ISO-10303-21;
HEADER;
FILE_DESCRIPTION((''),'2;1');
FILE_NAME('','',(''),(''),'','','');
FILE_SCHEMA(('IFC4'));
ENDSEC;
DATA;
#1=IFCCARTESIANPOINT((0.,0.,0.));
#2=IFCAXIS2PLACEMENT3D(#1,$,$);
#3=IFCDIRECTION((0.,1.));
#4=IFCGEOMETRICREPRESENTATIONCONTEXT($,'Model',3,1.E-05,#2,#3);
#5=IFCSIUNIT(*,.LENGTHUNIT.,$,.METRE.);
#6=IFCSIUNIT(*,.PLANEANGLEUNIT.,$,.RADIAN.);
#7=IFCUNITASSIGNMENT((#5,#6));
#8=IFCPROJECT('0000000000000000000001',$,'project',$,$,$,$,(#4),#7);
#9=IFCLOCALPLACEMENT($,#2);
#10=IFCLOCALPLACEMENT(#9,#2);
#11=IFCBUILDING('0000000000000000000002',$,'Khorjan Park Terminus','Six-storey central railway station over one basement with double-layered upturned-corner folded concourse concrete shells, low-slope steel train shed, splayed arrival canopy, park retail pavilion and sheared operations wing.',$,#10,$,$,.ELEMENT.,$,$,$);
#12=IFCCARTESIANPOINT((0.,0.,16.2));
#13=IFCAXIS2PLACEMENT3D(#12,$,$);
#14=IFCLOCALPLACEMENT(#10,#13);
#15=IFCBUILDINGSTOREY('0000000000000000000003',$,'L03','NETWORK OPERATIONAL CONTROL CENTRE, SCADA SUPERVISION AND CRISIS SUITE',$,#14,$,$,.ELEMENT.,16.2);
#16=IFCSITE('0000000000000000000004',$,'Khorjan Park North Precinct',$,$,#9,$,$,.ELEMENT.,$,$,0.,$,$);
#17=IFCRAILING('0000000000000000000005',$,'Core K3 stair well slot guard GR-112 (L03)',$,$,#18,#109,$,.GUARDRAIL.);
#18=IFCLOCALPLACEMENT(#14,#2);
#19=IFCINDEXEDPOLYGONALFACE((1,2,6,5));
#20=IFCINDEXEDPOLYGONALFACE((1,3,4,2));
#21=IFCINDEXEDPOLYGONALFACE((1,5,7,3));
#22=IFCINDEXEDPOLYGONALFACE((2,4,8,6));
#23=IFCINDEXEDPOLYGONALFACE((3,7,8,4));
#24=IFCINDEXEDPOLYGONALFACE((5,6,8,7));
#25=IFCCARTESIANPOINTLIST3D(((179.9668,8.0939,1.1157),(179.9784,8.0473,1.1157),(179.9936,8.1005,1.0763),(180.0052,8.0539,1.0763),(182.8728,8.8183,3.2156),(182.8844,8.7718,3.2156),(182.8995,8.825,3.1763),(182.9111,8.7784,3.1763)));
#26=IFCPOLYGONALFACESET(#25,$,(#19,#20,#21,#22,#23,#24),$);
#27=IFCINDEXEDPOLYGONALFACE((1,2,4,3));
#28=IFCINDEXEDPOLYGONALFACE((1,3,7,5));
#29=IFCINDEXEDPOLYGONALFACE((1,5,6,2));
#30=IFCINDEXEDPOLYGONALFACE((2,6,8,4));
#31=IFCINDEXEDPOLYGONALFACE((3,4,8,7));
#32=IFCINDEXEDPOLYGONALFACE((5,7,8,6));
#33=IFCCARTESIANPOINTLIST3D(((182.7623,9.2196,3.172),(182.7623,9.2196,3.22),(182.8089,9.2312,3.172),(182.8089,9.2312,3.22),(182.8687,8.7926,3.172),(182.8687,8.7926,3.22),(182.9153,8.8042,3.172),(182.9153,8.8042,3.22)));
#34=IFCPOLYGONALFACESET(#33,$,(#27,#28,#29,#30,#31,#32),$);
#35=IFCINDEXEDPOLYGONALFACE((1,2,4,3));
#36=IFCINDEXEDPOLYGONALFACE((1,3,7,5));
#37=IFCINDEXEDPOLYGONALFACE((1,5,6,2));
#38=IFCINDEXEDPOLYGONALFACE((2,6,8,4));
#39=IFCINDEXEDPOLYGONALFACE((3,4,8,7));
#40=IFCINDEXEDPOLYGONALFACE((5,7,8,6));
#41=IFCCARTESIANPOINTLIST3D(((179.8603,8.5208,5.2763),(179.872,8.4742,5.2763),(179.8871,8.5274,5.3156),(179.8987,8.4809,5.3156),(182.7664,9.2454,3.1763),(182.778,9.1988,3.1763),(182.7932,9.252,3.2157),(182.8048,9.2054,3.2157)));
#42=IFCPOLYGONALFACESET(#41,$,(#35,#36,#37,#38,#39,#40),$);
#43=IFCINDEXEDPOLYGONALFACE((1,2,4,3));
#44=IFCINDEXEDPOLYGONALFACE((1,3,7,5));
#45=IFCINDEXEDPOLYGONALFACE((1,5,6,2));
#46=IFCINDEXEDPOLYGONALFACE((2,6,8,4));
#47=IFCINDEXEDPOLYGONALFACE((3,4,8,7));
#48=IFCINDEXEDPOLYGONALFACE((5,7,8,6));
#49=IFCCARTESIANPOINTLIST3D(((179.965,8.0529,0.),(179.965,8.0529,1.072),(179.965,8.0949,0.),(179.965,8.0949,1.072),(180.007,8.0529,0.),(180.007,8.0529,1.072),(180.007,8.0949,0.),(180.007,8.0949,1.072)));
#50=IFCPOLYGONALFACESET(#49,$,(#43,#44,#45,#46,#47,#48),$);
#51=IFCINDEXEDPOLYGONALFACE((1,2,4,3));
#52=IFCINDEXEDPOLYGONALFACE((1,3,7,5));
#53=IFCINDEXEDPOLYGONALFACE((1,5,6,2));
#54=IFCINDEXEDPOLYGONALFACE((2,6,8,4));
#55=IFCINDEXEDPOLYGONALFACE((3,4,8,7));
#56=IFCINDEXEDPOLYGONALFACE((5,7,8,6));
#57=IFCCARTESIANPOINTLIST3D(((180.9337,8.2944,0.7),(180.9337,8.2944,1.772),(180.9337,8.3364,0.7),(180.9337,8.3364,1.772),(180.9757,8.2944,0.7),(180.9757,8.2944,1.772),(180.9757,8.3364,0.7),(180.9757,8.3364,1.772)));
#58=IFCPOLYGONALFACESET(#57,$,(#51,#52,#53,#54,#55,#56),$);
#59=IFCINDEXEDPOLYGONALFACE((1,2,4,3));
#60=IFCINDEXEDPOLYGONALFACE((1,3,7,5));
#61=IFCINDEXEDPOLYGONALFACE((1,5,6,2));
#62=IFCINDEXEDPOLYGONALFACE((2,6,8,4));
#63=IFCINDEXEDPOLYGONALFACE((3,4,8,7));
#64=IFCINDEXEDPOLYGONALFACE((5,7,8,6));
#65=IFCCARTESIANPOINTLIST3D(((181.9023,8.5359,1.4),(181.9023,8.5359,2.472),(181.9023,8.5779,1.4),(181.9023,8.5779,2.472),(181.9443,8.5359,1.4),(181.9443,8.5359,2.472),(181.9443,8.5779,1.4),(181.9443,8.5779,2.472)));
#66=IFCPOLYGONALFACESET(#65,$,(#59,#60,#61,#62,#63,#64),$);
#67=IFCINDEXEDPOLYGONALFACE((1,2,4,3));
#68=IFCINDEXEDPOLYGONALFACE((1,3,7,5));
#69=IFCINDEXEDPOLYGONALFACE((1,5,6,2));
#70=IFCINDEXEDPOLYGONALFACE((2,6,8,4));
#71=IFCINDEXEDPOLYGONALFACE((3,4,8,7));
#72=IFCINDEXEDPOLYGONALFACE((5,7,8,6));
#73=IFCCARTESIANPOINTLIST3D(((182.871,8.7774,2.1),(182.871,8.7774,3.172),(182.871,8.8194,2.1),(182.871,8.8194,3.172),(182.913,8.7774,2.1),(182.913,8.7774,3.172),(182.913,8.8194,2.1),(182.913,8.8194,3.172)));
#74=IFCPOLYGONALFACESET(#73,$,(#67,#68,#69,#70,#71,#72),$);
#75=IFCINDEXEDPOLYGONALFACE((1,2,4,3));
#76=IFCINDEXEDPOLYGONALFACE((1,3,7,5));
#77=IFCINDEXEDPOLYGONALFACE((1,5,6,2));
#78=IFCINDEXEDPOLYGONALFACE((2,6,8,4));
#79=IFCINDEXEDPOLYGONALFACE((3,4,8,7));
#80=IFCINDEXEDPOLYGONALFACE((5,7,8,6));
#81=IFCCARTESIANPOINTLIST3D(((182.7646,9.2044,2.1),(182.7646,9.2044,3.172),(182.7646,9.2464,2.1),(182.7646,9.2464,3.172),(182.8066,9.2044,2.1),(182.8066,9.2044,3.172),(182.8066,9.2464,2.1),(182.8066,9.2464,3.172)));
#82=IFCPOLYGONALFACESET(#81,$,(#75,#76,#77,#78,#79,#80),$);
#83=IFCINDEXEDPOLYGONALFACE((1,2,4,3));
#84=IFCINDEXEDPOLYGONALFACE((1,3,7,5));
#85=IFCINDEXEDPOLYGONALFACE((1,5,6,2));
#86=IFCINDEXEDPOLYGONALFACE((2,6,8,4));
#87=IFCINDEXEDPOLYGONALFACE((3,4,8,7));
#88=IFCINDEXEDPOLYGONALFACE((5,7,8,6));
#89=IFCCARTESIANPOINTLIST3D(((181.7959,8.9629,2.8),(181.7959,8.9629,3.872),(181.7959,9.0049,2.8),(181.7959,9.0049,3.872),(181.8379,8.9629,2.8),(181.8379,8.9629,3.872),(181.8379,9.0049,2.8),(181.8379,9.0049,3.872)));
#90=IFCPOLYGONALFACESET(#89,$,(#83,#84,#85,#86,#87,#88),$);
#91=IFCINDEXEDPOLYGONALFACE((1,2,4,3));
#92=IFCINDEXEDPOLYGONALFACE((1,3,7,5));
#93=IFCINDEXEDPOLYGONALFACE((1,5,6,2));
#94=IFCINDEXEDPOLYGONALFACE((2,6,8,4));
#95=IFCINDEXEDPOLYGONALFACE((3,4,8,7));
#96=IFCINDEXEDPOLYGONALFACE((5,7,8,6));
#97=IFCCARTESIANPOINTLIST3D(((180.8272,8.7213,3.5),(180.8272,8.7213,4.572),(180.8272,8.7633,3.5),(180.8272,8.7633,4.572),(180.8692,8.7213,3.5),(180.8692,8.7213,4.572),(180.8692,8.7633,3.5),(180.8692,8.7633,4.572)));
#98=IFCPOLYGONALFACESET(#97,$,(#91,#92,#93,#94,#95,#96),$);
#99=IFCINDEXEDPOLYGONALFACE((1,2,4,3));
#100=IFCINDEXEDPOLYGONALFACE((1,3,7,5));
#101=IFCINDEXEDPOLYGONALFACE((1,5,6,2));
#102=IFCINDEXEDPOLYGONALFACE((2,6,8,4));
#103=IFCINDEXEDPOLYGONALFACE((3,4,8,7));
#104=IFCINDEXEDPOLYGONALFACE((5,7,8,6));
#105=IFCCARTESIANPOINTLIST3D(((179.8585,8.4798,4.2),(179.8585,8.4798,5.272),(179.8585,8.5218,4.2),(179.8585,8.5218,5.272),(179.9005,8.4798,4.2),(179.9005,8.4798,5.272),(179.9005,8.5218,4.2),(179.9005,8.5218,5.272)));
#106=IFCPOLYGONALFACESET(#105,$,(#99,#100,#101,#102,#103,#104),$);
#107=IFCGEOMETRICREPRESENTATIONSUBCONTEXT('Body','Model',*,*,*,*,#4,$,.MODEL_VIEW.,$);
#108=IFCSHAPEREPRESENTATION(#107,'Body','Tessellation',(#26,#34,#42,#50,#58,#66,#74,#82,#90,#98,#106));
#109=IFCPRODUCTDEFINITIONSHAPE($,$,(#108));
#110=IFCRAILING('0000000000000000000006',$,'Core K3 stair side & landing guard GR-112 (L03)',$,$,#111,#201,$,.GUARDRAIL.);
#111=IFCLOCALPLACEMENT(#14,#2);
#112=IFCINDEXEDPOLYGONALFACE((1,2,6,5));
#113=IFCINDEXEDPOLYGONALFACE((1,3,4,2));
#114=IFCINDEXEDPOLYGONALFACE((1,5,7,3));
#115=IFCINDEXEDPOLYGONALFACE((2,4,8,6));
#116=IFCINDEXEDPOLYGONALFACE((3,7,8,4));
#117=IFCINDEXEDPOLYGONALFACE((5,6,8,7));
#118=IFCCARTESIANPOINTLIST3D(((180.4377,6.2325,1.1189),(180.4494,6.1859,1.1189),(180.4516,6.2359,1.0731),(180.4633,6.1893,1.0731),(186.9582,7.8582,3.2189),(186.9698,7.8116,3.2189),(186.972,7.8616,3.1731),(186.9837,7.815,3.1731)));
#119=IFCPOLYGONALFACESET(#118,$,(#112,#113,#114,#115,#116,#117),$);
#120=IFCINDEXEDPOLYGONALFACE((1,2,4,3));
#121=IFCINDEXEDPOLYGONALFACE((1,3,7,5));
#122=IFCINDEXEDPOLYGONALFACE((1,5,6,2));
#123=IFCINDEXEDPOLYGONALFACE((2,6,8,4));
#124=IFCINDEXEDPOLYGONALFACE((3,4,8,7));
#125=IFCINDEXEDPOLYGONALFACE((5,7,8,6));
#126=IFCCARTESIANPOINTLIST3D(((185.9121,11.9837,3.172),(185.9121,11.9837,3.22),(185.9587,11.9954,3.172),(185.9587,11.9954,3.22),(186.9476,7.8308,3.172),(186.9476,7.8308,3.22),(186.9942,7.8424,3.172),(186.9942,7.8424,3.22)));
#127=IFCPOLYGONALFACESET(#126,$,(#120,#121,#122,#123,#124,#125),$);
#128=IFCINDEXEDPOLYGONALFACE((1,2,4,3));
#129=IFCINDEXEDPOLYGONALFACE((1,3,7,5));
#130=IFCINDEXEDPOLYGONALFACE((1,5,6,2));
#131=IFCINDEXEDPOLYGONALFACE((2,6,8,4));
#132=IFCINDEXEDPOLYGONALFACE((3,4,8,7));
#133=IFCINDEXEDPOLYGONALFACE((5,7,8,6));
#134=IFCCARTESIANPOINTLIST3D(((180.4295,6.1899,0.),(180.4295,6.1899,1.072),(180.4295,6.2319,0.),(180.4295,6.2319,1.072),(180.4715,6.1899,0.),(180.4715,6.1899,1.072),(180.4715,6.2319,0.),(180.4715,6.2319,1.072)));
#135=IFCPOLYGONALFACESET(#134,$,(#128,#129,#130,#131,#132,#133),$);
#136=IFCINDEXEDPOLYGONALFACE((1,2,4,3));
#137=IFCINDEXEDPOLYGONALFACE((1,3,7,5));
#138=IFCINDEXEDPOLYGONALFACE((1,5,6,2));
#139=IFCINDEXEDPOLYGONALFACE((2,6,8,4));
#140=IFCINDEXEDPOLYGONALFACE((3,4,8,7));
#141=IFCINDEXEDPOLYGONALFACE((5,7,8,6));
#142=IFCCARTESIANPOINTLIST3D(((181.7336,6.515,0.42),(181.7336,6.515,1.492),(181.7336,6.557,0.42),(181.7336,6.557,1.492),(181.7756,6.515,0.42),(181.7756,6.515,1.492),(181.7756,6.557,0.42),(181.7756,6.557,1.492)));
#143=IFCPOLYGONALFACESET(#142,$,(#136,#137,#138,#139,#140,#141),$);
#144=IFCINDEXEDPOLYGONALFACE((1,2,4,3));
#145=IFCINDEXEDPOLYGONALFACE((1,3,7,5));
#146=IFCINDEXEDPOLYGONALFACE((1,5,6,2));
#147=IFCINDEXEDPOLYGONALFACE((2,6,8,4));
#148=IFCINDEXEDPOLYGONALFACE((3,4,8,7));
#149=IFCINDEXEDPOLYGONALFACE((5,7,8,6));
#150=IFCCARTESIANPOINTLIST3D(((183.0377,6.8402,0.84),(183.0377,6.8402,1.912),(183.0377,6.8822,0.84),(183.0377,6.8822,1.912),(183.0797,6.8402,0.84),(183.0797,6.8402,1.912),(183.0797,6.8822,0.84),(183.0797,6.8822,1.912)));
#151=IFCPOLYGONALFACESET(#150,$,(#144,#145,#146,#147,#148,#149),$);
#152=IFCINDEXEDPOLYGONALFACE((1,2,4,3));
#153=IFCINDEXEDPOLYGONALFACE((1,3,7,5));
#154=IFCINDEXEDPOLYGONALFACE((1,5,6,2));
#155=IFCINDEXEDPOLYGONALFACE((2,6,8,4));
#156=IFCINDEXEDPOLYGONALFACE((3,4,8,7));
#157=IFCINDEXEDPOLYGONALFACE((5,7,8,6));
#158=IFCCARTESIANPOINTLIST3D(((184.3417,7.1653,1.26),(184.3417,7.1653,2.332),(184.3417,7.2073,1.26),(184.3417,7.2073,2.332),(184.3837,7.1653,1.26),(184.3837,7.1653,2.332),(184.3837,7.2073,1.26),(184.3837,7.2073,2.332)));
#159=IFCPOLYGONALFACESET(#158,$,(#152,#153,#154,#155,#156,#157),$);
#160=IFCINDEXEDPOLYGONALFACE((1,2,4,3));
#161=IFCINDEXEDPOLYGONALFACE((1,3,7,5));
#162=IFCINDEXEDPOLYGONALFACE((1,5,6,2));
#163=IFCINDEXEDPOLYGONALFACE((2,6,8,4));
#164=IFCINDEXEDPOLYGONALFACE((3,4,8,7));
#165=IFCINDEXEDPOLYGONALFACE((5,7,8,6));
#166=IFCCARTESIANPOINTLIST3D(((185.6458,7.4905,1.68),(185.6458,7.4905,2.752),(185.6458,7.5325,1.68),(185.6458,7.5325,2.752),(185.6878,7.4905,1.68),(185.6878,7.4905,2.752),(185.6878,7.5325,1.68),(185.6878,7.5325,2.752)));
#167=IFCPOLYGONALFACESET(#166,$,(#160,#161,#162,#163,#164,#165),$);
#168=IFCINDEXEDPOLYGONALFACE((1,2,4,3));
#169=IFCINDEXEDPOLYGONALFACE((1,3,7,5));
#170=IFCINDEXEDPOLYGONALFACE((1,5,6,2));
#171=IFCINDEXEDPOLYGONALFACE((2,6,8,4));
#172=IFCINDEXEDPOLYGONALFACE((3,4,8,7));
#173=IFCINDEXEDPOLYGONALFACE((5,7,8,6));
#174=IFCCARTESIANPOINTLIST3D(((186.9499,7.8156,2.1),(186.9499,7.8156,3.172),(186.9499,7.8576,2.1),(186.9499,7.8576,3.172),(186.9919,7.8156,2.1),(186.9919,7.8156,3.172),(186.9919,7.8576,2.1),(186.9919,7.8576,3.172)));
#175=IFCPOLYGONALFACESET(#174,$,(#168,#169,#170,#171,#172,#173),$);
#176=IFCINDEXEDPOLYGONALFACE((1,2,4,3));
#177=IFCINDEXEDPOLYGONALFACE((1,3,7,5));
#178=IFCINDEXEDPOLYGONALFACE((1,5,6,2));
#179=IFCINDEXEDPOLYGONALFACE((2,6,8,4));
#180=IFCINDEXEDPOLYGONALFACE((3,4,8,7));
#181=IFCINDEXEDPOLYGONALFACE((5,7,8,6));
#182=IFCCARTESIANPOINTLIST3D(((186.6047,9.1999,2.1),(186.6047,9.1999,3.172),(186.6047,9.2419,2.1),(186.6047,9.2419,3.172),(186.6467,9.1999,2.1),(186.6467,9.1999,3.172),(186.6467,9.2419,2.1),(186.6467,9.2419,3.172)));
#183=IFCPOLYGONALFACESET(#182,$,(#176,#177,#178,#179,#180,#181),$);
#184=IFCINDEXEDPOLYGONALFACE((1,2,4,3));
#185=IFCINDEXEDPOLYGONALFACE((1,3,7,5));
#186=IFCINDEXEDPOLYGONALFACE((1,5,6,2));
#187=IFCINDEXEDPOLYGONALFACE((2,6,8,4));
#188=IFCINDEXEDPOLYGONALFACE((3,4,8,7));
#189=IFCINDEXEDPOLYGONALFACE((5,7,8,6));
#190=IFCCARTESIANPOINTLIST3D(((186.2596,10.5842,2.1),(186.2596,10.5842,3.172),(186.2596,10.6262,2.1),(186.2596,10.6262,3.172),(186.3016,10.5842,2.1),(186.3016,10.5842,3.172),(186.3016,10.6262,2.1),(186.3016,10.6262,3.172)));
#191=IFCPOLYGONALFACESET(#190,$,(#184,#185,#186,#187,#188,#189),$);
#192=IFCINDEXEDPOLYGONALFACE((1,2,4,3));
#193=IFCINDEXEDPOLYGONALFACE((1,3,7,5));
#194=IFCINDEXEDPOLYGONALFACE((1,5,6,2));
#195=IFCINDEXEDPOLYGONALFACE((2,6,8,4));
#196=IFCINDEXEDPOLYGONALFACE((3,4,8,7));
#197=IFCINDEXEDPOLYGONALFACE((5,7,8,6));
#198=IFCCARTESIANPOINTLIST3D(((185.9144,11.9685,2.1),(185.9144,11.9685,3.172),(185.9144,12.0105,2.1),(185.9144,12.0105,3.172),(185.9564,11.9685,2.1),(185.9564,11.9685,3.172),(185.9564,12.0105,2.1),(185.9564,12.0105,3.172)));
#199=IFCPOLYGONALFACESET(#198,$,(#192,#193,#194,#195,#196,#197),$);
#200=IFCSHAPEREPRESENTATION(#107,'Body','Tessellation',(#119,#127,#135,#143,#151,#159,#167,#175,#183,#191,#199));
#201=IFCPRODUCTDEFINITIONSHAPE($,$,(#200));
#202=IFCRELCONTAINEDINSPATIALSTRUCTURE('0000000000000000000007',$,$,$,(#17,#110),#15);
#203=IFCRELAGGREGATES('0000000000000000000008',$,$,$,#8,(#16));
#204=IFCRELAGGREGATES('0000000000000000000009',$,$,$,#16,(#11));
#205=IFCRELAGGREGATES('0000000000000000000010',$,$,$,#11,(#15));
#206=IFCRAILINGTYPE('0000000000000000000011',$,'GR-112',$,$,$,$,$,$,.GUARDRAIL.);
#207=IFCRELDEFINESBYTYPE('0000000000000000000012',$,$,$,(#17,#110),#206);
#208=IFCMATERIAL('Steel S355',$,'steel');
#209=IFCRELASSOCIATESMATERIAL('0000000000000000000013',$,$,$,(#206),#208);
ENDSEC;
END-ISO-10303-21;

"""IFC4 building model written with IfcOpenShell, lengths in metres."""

from ifc_helpers import new_model, si_unit, direction, frame, origin, origin_2d, place, context, subcontext, project, spatial, rectangle, extrude, material, type_object, element, save


model = new_model("IFC4")

# Units and contexts
model_context = context("Model", 3, precision=1e-05, world=origin(), true_north=direction((0.0, 1.0)))
body_context = subcontext(model_context, "Body", "Model", "MODEL_VIEW")
ifc_project = project(units=[si_unit("LENGTHUNIT", "METRE"), si_unit("PLANEANGLEUNIT", "RADIAN")], contexts=[model_context])

# Site, building, storey
site_placement = place(None, origin())
site = spatial("IfcSite", under=ifc_project, at=site_placement, Name="Khorjan Park North Precinct", CompositionType="ELEMENT", RefElevation=0.0)
building_placement = place(site_placement, origin())
building = spatial("IfcBuilding", under=site, at=building_placement, Name="Khorjan Park Terminus", Description="Six-storey central railway station over one basement with double-layered upturned-corner folded concourse concrete shells, low-slope steel train shed, splayed arrival canopy, park retail pavilion and sheared operations wing.", CompositionType="ELEMENT")
storey_placement = place(building_placement, frame((0.0, 0.0, 16.2)))
storey = spatial("IfcBuildingStorey", under=building, at=storey_placement, Name="L03", Description="NETWORK OPERATIONAL CONTROL CENTRE, SCADA SUPERVISION AND CRISIS SUITE", CompositionType="ELEMENT", Elevation=16.2)

# Shared definitions
ifc_material_1 = material(Name="Steel S355", Category="steel")

# Railings
railing_type_1 = type_object("IfcRailingType", Name="GR-112", PredefinedType="GUARDRAIL", material=ifc_material_1)
railing_1_placement = place(storey_placement, frame((179.986, 8.0739, 0.0)))
element("IfcRailing", 1, at=railing_1_placement, inside=storey, type_object=railing_type_1, Name="Core K3 stair well slot guard GR-112 (L03)", PredefinedType="GUARDRAIL", context=body_context, shape_type="SweptSolid", body=[
    extrude(rectangle(XDim=0.048, YDim=0.048, at=origin_2d()), frame((0.0, 0.0, 1.096), z_axis=(0.79446, 0.198068, 0.574111), x_axis=(-0.241907, 0.970299, 0.0)), (0.0, 0.0, 1.0), 3.6578),
    extrude(rectangle(XDim=0.048, YDim=0.048, at=origin_2d()), frame((2.906, 0.7245, 3.196), z_axis=(-0.241787, 0.970329, 0.0), x_axis=(-0.970329, -0.241787, 0.0)), (0.0, 0.0, 1.0), 0.4401),
    extrude(rectangle(XDim=0.048, YDim=0.048, at=origin_2d()), frame((2.7996, 1.1515, 3.196), z_axis=(-0.794465, -0.19809, 0.574095), x_axis=(0.241931, -0.970294, 0.0)), (0.0, 0.0, 1.0), 3.6579),
    extrude(rectangle(XDim=0.042, YDim=0.042, at=origin_2d()), origin(), (0.0, 0.0, 1.0), 1.072),
    extrude(rectangle(XDim=0.042, YDim=0.042, at=origin_2d()), frame((0.9687, 0.2415, 0.7)), (0.0, 0.0, 1.0), 1.072),
    extrude(rectangle(XDim=0.042, YDim=0.042, at=origin_2d()), frame((1.9373, 0.483, 1.4)), (0.0, 0.0, 1.0), 1.072),
    extrude(rectangle(XDim=0.042, YDim=0.042, at=origin_2d()), frame((2.906, 0.7245, 2.1)), (0.0, 0.0, 1.0), 1.072),
    extrude(rectangle(XDim=0.042, YDim=0.042, at=origin_2d()), frame((2.7996, 1.1515, 2.1)), (0.0, 0.0, 1.0), 1.072),
    extrude(rectangle(XDim=0.042, YDim=0.042, at=origin_2d()), frame((1.8309, 0.91, 2.8)), (0.0, 0.0, 1.0), 1.072),
    extrude(rectangle(XDim=0.042, YDim=0.042, at=origin_2d()), frame((0.8622, 0.6684, 3.5)), (0.0, 0.0, 1.0), 1.072),
    extrude(rectangle(XDim=0.042, YDim=0.042, at=origin_2d()), frame((-0.1065, 0.4269, 4.2)), (0.0, 0.0, 1.0), 1.072),
])
railing_2_placement = place(storey_placement, frame((180.4505, 6.2109, 0.0)))
element("IfcRailing", 2, at=railing_2_placement, inside=storey, type_object=railing_type_1, Name="Core K3 stair side & landing guard GR-112 (L03)", PredefinedType="GUARDRAIL", context=body_context, shape_type="SweptSolid", body=[
    extrude(rectangle(XDim=0.048, YDim=0.048, at=origin_2d()), frame((0.0, 0.0, 1.096), z_axis=(0.926129, 0.230907, 0.298275), x_axis=(-0.241919, 0.970296, 0.0)), (0.0, 0.0, 1.0), 7.0405),
    extrude(rectangle(XDim=0.048, YDim=0.048, at=origin_2d()), frame((6.5204, 1.6257, 3.196), z_axis=(-0.241936, 0.970292, 0.0), x_axis=(-0.970292, -0.241936, 0.0)), (0.0, 0.0, 1.0), 4.2801),
    extrude(rectangle(XDim=0.042, YDim=0.042, at=origin_2d()), origin(), (0.0, 0.0, 1.0), 1.072),
    extrude(rectangle(XDim=0.042, YDim=0.042, at=origin_2d()), frame((1.3041, 0.3251, 0.42)), (0.0, 0.0, 1.0), 1.072),
    extrude(rectangle(XDim=0.042, YDim=0.042, at=origin_2d()), frame((2.6082, 0.6503, 0.84)), (0.0, 0.0, 1.0), 1.072),
    extrude(rectangle(XDim=0.042, YDim=0.042, at=origin_2d()), frame((3.9122, 0.9754, 1.26)), (0.0, 0.0, 1.0), 1.072),
    extrude(rectangle(XDim=0.042, YDim=0.042, at=origin_2d()), frame((5.2163, 1.3006, 1.68)), (0.0, 0.0, 1.0), 1.072),
    extrude(rectangle(XDim=0.042, YDim=0.042, at=origin_2d()), frame((6.5204, 1.6257, 2.1)), (0.0, 0.0, 1.0), 1.072),
    extrude(rectangle(XDim=0.042, YDim=0.042, at=origin_2d()), frame((6.1752, 3.01, 2.1)), (0.0, 0.0, 1.0), 1.072),
    extrude(rectangle(XDim=0.042, YDim=0.042, at=origin_2d()), frame((5.8301, 4.3943, 2.1)), (0.0, 0.0, 1.0), 1.072),
    extrude(rectangle(XDim=0.042, YDim=0.042, at=origin_2d()), frame((5.4849, 5.7786, 2.1)), (0.0, 0.0, 1.0), 1.072),
])

save(model, "model.ifc")
